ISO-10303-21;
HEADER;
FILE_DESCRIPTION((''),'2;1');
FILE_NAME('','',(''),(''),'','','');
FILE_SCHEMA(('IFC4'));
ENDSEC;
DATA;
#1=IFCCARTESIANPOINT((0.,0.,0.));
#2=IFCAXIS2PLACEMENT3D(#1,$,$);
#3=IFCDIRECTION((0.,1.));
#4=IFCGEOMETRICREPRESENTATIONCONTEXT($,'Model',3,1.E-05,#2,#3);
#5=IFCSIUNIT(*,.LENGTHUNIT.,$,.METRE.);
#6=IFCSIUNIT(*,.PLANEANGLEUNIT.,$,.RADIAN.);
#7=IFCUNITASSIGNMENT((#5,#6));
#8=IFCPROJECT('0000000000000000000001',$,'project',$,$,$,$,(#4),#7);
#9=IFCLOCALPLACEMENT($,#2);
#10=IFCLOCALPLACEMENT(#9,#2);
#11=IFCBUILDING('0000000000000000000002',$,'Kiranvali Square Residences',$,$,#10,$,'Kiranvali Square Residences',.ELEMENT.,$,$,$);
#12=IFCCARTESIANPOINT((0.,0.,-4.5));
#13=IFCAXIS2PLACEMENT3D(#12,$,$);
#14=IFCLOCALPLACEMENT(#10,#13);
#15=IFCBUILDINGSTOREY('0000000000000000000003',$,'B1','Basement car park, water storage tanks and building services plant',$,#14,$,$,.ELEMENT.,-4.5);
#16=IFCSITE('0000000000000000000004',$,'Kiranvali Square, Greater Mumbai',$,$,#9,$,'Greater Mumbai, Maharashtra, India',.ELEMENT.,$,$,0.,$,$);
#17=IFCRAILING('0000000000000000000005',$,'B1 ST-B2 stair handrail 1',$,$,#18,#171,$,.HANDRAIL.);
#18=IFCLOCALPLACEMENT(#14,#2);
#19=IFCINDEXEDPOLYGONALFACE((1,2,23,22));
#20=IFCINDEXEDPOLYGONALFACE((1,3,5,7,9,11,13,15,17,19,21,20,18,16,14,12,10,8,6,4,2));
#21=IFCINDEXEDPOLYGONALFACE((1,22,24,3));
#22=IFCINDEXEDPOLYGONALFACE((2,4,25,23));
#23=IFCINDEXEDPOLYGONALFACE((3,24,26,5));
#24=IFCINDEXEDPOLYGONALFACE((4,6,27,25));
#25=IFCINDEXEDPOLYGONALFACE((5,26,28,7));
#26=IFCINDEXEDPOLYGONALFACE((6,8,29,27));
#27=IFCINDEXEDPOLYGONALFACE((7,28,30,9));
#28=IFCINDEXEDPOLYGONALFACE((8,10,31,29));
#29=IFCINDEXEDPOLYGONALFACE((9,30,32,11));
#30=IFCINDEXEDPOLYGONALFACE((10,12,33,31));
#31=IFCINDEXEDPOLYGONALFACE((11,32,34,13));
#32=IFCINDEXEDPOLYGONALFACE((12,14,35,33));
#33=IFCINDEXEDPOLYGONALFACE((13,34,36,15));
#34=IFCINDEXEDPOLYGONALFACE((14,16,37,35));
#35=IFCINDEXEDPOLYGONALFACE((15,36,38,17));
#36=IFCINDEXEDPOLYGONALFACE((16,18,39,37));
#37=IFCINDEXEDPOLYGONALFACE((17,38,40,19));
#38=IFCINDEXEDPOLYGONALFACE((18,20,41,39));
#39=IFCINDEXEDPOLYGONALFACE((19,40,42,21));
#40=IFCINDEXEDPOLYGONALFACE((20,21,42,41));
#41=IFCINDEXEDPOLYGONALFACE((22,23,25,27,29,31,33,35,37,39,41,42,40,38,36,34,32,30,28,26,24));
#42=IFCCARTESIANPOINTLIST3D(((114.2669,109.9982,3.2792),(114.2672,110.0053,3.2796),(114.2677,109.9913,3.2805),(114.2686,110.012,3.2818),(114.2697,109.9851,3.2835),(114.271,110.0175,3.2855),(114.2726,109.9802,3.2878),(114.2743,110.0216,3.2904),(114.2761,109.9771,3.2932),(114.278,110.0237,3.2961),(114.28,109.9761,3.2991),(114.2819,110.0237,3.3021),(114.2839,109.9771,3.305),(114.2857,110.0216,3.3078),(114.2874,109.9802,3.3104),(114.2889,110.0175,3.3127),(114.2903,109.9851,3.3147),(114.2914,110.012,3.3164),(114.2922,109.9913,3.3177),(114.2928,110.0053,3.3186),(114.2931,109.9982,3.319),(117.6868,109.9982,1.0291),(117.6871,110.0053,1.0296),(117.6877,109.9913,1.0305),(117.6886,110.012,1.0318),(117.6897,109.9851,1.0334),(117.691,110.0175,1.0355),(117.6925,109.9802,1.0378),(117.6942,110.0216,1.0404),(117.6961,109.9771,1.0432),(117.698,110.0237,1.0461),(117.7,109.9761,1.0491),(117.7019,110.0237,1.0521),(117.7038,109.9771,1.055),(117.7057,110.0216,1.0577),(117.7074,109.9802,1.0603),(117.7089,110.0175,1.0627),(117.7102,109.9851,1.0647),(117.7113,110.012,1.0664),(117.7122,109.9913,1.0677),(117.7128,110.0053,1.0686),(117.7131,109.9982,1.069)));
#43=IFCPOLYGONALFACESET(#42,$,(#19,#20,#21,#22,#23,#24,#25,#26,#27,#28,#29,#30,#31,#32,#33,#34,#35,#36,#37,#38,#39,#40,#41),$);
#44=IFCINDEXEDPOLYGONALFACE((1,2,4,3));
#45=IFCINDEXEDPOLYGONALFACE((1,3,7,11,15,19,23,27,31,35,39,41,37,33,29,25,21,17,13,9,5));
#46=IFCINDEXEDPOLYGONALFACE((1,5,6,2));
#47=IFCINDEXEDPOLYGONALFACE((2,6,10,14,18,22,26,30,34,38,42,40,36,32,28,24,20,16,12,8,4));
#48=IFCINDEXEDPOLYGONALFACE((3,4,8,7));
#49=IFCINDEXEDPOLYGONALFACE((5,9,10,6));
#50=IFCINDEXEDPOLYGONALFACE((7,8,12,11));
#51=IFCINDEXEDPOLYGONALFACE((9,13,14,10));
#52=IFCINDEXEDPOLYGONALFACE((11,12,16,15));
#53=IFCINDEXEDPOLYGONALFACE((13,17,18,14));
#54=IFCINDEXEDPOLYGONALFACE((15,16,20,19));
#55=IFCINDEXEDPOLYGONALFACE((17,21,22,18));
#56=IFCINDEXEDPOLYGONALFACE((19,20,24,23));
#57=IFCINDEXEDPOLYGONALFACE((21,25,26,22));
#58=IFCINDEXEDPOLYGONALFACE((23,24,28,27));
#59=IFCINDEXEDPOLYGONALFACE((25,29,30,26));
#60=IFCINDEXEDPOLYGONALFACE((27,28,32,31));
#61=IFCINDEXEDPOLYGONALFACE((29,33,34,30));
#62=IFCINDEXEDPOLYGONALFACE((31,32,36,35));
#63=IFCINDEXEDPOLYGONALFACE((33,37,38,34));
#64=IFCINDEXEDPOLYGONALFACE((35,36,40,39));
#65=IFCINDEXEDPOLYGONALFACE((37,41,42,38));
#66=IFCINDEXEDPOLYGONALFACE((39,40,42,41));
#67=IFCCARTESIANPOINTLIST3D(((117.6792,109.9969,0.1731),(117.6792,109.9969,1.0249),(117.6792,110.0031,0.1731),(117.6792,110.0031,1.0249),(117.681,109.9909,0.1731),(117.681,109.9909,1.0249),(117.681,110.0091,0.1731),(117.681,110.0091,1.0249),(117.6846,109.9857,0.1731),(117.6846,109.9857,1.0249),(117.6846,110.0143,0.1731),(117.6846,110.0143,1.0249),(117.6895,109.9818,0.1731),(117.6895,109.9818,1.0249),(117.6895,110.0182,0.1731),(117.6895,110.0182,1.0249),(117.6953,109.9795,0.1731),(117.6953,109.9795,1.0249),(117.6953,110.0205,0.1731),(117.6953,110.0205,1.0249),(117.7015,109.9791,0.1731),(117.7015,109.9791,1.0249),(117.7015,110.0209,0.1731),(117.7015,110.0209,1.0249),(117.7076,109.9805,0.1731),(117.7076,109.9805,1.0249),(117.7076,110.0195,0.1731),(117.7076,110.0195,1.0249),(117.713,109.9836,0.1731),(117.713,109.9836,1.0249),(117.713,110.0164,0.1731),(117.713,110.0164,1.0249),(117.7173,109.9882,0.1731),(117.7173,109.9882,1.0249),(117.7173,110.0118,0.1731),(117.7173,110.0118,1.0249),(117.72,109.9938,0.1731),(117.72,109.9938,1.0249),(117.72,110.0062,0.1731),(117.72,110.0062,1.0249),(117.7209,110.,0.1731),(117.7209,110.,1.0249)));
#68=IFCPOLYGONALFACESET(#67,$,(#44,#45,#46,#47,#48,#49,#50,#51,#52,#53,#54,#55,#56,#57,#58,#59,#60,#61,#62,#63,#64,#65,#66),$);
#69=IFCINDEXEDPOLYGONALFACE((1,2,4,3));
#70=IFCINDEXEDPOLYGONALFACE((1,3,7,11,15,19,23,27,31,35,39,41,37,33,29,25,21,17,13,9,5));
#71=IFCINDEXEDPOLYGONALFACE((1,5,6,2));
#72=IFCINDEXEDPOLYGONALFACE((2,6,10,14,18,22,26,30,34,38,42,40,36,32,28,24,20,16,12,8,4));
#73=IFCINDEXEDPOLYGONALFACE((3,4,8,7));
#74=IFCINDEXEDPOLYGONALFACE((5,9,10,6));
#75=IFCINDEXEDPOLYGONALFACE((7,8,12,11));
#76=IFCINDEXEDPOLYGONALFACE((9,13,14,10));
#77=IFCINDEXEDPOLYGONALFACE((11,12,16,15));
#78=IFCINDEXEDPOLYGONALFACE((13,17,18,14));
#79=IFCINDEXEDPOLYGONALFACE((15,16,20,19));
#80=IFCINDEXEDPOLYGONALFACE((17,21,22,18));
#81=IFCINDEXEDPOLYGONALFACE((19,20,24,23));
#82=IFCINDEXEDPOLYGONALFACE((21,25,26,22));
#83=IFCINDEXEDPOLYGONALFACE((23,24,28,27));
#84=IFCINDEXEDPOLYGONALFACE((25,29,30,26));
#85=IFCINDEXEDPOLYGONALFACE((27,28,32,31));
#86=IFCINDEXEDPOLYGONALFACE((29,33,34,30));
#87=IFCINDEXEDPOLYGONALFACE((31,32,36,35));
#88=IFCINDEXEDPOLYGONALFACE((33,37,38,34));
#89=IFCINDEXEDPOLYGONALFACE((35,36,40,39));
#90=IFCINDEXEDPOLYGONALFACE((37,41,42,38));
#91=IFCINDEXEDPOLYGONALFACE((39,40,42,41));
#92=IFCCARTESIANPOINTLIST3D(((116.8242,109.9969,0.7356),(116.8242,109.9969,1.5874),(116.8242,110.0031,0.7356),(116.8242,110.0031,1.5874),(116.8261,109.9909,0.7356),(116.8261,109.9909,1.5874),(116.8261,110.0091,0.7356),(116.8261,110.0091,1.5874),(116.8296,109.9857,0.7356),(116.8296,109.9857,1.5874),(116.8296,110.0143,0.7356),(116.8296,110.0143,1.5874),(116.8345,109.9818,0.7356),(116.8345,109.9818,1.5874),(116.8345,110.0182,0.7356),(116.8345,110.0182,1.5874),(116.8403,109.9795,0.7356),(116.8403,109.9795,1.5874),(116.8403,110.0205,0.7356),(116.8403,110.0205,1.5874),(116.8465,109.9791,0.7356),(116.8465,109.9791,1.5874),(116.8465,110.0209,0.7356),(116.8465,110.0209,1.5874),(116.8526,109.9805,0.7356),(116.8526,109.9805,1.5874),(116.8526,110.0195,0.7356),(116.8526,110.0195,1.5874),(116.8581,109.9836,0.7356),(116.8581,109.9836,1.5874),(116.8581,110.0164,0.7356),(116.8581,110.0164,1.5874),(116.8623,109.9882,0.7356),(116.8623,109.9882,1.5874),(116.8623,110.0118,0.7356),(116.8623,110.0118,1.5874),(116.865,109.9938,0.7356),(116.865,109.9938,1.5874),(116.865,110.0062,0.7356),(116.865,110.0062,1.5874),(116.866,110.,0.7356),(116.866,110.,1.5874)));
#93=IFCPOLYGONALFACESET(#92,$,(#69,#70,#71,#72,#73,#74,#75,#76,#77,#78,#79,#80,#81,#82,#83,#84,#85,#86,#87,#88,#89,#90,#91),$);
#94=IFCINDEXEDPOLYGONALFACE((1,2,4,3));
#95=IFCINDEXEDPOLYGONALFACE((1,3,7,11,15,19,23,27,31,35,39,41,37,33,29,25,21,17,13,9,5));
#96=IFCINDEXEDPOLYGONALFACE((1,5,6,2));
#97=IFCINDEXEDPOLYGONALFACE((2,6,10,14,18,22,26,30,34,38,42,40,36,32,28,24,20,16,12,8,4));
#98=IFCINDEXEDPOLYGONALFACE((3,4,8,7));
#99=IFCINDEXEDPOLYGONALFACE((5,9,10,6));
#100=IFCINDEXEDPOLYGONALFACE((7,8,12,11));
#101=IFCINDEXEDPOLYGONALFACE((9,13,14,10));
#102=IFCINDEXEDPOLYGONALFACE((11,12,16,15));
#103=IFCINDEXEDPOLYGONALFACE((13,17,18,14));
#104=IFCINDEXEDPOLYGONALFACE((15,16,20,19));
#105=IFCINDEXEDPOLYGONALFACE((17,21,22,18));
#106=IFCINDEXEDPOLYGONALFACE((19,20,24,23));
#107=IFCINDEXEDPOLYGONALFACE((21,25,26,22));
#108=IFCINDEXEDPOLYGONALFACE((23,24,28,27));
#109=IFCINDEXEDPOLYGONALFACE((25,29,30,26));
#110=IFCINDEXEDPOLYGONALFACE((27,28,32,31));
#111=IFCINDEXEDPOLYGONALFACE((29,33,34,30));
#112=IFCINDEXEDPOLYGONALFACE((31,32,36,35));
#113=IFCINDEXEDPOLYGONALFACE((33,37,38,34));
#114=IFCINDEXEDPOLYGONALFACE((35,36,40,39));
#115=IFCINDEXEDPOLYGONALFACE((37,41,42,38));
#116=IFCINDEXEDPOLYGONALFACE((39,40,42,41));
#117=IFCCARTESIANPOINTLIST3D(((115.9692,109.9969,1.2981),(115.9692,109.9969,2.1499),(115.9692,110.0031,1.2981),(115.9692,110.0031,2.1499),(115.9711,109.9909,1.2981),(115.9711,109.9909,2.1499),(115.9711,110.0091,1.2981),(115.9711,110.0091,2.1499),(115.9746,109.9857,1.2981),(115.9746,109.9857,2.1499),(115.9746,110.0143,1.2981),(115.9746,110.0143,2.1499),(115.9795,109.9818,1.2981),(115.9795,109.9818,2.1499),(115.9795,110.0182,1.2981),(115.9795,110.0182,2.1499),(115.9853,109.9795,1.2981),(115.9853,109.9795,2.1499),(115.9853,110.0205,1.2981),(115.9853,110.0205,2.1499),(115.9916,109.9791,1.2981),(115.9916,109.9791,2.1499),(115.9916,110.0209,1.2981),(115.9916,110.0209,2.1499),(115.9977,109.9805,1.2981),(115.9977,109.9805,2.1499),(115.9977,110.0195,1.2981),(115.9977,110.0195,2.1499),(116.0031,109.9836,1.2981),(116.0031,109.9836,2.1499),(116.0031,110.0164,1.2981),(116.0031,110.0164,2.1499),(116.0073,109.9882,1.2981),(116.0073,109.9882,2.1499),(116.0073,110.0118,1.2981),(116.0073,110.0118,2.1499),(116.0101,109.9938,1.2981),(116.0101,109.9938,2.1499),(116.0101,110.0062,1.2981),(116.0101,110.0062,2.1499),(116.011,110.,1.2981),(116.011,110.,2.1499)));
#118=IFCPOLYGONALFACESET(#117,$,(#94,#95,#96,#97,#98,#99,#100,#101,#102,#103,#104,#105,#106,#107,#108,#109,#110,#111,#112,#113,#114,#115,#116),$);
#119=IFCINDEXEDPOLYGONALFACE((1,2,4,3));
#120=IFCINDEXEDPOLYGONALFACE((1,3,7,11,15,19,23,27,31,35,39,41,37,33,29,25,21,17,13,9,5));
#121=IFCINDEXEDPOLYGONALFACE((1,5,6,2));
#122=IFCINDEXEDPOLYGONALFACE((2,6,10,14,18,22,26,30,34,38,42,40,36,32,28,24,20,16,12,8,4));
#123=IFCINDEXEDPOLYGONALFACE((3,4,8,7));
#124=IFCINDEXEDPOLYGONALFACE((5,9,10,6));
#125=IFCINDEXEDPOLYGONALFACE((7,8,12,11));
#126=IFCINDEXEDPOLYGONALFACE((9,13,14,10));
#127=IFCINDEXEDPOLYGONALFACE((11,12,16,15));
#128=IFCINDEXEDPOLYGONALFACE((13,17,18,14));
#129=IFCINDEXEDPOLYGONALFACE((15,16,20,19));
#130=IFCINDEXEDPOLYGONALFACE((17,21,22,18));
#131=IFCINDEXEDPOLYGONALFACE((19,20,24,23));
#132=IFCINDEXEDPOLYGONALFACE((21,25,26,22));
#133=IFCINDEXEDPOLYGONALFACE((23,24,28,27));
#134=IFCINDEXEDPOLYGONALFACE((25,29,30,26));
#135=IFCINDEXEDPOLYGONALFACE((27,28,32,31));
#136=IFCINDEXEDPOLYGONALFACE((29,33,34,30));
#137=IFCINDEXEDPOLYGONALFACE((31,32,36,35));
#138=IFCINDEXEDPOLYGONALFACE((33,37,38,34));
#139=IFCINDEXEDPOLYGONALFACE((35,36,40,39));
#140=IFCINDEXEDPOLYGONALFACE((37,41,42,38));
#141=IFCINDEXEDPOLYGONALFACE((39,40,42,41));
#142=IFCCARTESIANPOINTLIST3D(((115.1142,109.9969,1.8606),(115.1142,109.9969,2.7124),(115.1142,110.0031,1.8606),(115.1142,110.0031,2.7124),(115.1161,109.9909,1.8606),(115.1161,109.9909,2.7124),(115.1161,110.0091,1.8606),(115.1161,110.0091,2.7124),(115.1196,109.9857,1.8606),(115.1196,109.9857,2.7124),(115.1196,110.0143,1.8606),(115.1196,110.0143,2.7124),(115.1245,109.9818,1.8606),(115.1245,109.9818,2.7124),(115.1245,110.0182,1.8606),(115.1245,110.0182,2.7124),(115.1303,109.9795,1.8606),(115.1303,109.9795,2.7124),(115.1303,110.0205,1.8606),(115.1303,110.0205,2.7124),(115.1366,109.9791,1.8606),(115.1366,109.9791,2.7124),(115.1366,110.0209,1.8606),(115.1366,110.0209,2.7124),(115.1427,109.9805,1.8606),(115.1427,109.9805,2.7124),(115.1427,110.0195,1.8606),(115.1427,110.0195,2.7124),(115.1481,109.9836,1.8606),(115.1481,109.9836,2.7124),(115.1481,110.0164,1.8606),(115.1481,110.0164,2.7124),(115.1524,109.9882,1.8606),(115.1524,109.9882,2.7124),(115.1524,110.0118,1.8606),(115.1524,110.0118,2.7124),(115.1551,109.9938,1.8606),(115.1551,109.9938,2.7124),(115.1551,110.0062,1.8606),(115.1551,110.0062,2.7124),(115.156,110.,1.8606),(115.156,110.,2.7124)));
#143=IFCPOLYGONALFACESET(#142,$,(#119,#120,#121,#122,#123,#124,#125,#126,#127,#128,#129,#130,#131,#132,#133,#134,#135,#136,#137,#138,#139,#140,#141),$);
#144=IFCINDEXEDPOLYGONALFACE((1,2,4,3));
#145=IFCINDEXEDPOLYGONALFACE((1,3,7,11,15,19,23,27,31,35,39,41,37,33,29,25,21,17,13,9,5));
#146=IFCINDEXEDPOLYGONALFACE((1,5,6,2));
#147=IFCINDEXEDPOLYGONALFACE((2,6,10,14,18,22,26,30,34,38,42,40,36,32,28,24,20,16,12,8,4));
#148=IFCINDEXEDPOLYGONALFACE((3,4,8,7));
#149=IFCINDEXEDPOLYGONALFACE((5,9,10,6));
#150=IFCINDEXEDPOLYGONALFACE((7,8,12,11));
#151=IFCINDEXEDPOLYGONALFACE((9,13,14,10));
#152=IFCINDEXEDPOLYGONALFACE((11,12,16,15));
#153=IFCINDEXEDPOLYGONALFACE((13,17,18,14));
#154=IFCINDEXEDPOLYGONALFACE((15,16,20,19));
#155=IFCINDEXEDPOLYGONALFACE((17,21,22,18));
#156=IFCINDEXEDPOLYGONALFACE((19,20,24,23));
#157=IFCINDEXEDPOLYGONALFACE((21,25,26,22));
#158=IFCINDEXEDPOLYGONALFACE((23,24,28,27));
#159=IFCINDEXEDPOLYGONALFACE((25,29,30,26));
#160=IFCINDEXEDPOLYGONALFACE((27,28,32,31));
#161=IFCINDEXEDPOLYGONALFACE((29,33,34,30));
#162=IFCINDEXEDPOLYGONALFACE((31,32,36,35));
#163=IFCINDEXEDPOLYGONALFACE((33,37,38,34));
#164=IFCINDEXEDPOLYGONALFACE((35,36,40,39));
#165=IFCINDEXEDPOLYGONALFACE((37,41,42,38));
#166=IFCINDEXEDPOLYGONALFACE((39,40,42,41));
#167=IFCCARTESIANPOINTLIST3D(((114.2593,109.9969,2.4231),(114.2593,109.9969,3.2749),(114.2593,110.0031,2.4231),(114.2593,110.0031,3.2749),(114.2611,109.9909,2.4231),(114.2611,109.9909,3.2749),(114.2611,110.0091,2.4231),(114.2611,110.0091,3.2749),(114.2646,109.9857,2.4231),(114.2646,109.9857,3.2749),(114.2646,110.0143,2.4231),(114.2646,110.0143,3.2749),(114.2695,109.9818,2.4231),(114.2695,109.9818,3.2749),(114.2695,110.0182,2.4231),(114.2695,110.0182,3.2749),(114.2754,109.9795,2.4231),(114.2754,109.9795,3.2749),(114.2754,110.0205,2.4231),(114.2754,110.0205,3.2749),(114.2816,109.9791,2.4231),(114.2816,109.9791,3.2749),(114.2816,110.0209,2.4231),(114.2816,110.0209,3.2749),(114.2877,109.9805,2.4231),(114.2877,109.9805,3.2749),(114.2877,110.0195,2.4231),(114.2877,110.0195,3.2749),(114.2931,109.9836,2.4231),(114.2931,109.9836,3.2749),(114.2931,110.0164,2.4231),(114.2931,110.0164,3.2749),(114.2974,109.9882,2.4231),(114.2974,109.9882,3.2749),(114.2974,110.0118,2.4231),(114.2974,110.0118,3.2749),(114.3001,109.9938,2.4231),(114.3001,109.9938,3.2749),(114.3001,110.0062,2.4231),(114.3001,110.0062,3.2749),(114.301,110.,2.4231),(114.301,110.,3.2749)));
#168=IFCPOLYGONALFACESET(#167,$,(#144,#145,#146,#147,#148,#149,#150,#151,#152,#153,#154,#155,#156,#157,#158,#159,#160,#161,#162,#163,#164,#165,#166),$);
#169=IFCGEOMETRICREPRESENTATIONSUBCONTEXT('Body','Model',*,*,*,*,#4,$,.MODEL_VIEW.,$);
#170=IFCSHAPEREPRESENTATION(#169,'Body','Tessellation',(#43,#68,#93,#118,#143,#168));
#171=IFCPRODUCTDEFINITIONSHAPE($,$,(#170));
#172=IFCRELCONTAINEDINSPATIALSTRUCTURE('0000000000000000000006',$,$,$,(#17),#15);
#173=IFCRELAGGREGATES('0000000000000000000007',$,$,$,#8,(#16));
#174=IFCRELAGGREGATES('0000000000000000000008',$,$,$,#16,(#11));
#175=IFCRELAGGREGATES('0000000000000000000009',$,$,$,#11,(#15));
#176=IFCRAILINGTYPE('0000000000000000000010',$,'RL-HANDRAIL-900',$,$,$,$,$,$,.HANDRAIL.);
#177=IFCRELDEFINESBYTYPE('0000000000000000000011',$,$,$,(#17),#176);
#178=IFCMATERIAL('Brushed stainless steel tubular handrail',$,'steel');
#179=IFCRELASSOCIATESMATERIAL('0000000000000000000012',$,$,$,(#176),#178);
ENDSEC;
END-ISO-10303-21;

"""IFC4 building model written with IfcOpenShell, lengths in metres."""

from ifc_helpers import new_model, si_unit, direction, frame, origin, origin_2d, place, context, subcontext, project, spatial, circle, extrude, material, type_object, element, save


model = new_model("IFC4")

# Units and contexts
model_context = context("Model", 3, precision=1e-05, world=origin(), true_north=direction((0.0, 1.0)))
body_context = subcontext(model_context, "Body", "Model", "MODEL_VIEW")
ifc_project = project(units=[si_unit("LENGTHUNIT", "METRE"), si_unit("PLANEANGLEUNIT", "RADIAN")], contexts=[model_context])

# Site, building, storey
site_placement = place(None, origin())
site = spatial("IfcSite", under=ifc_project, at=site_placement, Name="Kiranvali Square, Greater Mumbai", LongName="Greater Mumbai, Maharashtra, India", CompositionType="ELEMENT", RefElevation=0.0)
building_placement = place(site_placement, origin())
building = spatial("IfcBuilding", under=site, at=building_placement, Name="Kiranvali Square Residences", LongName="Kiranvali Square Residences", CompositionType="ELEMENT")
storey_placement = place(building_placement, frame((0.0, 0.0, -4.5)))
storey = spatial("IfcBuildingStorey", under=building, at=storey_placement, Name="B1", Description="Basement car park, water storage tanks and building services plant", CompositionType="ELEMENT", Elevation=-4.5)

# Railing
ifc_material_1 = material(Name="Brushed stainless steel tubular handrail", Category="steel")
railing_type_1 = type_object("IfcRailingType", Name="RL-HANDRAIL-900", PredefinedType="HANDRAIL", material=ifc_material_1)
railing_1_placement = place(storey_placement, frame((117.7, 110.0, 0.1731)))
element("IfcRailing", 1, at=railing_1_placement, inside=storey, type_object=railing_type_1, Name="B1 ST-B2 stair handrail 1", PredefinedType="HANDRAIL", context=body_context, shape_type="SweptSolid", body=[
    extrude(circle(Radius=0.0239, at=origin_2d()), frame((0.0, 0.0, 0.876), z_axis=(-0.835411, 0.0, 0.549625), x_axis=(0.0, -1.0, 0.0)), (0.0, 0.0, 1.0), 4.0938),
    extrude(circle(Radius=0.021, at=origin_2d()), origin(), (0.0, 0.0, 1.0), 0.8518),
    extrude(circle(Radius=0.021, at=origin_2d()), frame((-0.855, 0.0, 0.5625)), (0.0, 0.0, 1.0), 0.8518),
    extrude(circle(Radius=0.021, at=origin_2d()), frame((-1.71, 0.0, 1.125)), (0.0, 0.0, 1.0), 0.8518),
    extrude(circle(Radius=0.021, at=origin_2d()), frame((-2.5649, 0.0, 1.6875)), (0.0, 0.0, 1.0), 0.8518),
    extrude(circle(Radius=0.021, at=origin_2d()), frame((-3.4199, 0.0, 2.25)), (0.0, 0.0, 1.0), 0.8518),
])

save(model, "model.ifc")
